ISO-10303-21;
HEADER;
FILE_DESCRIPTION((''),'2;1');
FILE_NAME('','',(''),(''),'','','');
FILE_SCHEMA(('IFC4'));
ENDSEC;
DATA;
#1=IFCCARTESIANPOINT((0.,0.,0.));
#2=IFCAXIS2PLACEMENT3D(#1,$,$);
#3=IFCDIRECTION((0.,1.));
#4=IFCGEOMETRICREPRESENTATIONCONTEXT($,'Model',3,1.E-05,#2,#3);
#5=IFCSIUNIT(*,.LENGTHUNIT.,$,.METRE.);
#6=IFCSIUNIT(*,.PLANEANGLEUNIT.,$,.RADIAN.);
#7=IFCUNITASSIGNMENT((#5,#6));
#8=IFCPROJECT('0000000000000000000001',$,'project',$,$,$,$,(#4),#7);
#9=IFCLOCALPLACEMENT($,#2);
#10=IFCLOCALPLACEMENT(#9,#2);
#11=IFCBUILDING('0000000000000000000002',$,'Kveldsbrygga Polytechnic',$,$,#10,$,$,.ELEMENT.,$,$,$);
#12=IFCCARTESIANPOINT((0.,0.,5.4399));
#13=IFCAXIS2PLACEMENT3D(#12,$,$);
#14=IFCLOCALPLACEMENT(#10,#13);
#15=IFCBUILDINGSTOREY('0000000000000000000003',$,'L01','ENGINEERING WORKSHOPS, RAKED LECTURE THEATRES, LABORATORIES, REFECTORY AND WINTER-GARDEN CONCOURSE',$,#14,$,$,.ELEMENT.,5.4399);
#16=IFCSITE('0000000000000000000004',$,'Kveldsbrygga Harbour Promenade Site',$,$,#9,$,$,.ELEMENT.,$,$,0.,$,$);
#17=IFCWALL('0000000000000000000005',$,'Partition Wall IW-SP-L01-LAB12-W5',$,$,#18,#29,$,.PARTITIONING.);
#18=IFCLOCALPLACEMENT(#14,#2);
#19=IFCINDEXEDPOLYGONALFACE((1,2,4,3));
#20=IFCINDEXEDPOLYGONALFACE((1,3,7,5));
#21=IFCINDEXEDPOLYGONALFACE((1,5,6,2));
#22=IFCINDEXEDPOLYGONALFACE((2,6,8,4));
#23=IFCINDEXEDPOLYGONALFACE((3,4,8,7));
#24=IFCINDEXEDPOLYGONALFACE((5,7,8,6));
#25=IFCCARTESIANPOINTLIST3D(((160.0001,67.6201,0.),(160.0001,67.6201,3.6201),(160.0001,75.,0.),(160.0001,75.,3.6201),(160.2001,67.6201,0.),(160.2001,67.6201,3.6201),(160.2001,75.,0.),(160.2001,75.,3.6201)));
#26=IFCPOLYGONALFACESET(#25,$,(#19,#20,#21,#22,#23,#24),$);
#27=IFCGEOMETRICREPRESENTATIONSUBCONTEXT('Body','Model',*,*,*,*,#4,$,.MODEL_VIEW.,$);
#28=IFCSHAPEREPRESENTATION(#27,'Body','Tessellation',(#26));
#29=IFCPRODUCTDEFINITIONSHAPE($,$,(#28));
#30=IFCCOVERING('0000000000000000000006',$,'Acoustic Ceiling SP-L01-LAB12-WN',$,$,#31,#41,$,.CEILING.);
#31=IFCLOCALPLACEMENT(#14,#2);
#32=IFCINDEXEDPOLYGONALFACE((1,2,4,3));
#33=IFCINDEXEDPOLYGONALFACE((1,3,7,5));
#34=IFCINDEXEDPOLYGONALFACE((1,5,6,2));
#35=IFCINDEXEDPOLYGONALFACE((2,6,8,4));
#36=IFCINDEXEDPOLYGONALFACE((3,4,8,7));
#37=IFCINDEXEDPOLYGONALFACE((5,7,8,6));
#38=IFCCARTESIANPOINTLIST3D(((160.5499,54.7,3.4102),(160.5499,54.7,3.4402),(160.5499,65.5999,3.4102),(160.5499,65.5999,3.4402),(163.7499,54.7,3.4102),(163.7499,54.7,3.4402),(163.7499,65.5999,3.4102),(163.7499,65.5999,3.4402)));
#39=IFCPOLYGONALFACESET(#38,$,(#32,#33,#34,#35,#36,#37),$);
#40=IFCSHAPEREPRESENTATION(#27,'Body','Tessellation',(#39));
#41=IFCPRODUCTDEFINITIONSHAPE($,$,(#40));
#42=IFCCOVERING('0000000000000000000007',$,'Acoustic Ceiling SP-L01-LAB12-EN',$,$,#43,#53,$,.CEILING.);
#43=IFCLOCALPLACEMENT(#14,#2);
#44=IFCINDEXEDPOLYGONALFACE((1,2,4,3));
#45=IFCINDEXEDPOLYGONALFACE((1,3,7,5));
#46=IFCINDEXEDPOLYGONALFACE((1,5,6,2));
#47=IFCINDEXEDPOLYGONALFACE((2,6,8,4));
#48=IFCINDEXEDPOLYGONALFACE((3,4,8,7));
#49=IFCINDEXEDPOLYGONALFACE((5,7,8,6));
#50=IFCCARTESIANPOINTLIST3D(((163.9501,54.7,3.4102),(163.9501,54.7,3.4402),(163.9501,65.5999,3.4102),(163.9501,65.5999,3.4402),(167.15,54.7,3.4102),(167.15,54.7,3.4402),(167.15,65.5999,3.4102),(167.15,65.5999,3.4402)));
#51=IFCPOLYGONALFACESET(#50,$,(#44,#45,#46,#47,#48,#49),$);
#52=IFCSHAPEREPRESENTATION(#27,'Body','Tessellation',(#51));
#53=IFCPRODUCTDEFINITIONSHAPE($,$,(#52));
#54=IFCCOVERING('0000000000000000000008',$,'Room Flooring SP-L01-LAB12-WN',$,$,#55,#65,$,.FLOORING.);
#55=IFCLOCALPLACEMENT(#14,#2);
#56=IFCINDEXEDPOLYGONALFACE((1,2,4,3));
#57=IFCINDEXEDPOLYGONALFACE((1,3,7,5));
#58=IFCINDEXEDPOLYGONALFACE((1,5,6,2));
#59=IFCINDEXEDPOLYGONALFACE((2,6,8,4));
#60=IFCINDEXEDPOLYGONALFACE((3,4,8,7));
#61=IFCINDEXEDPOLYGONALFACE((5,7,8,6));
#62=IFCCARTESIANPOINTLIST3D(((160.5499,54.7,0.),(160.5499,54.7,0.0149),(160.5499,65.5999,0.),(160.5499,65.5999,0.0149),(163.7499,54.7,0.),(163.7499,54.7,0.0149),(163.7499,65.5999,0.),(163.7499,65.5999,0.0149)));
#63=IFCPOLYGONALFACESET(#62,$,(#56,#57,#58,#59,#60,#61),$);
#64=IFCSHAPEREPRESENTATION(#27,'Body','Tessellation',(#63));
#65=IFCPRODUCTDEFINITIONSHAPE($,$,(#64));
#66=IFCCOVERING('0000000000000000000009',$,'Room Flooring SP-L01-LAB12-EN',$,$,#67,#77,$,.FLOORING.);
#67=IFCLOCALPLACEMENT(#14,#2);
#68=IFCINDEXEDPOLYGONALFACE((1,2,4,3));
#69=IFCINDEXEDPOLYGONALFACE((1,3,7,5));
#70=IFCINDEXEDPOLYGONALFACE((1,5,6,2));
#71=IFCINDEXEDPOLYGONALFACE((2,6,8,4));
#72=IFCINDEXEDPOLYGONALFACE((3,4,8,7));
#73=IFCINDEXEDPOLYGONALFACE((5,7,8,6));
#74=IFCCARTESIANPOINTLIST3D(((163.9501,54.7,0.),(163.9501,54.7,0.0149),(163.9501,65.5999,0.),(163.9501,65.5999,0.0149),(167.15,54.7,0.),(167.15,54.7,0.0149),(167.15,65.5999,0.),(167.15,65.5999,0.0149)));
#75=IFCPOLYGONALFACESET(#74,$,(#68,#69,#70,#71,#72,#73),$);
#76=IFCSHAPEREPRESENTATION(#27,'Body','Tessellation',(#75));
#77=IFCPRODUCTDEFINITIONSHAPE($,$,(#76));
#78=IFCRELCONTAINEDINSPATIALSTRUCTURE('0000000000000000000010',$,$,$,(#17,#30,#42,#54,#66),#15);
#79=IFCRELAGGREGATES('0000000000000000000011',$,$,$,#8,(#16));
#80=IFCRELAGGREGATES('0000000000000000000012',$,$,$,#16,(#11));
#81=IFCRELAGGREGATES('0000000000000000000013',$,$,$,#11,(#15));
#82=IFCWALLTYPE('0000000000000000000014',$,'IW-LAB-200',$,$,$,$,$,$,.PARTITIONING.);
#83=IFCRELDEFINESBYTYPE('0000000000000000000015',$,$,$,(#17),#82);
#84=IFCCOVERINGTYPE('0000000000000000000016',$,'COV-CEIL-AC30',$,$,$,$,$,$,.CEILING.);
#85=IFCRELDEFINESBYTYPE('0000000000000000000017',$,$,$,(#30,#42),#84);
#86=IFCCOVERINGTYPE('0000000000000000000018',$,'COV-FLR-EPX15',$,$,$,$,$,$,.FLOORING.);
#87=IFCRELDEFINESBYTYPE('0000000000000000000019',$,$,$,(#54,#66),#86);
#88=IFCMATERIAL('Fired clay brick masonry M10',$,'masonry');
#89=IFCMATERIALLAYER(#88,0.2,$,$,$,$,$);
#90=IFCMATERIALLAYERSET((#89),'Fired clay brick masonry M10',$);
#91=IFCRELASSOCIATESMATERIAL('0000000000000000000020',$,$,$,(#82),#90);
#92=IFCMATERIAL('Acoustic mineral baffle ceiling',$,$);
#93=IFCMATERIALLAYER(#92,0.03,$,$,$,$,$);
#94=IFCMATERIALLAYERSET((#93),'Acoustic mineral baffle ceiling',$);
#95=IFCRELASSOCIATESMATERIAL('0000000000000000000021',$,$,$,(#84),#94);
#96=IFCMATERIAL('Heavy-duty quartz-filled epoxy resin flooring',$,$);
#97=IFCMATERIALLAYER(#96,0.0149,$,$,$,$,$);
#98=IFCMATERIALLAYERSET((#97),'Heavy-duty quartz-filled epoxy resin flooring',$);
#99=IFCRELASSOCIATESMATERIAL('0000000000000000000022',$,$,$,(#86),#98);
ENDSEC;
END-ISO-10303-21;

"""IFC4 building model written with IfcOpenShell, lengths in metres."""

from ifc_helpers import new_model, si_unit, direction, frame, frame_2d, origin, origin_2d, place, context, subcontext, project, spatial, rectangle, extrude, material, layer, layer_set, type_object, element, save


model = new_model("IFC4")

# Units and contexts
model_context = context("Model", 3, precision=1e-05, world=origin(), true_north=direction((0.0, 1.0)))
body_context = subcontext(model_context, "Body", "Model", "MODEL_VIEW")
ifc_project = project(units=[si_unit("LENGTHUNIT", "METRE"), si_unit("PLANEANGLEUNIT", "RADIAN")], contexts=[model_context])

# Site, building, storey
site_placement = place(None, origin())
site = spatial("IfcSite", under=ifc_project, at=site_placement, Name="Kveldsbrygga Harbour Promenade Site", CompositionType="ELEMENT", RefElevation=0.0)
building_placement = place(site_placement, origin())
building = spatial("IfcBuilding", under=site, at=building_placement, Name="Kveldsbrygga Polytechnic", CompositionType="ELEMENT")
storey_placement = place(building_placement, frame((0.0, 0.0, 5.4399)))
storey = spatial("IfcBuildingStorey", under=building, at=storey_placement, Name="L01", Description="ENGINEERING WORKSHOPS, RAKED LECTURE THEATRES, LABORATORIES, REFECTORY AND WINTER-GARDEN CONCOURSE", CompositionType="ELEMENT", Elevation=5.4399)

# Shared definitions
ifc_material_1 = material(Name="Fired clay brick masonry M10", Category="masonry")

# Wall
ifc_layer_1 = layer(ifc_material_1, 0.2)
ifc_layer_set_1 = layer_set([ifc_layer_1], Name="Fired clay brick masonry M10")
wall_type_1 = type_object("IfcWallType", Name="IW-LAB-200", PredefinedType="PARTITIONING", material=ifc_layer_set_1)
wall_1_placement = place(storey_placement, frame((160.1001, 67.6201, 0.0), z_axis=(0.0, 0.0, 1.0), x_axis=(0.0, 1.0, 0.0)))
element("IfcWall", 1, at=wall_1_placement, inside=storey, type_object=wall_type_1, Name="Partition Wall IW-SP-L01-LAB12-W5", PredefinedType="PARTITIONING", context=body_context, shape_type="SweptSolid", body=[
    extrude(rectangle(XDim=7.3799, YDim=0.2, at=frame_2d((3.6899, 0.0))), origin(), (0.0, 0.0, 1.0), 3.6201),
])

# Coverings
ifc_material_2 = material(Name="Acoustic mineral baffle ceiling")
ifc_layer_2 = layer(ifc_material_2, 0.03)
ifc_layer_set_2 = layer_set([ifc_layer_2], Name="Acoustic mineral baffle ceiling")
covering_type_1 = type_object("IfcCoveringType", Name="COV-CEIL-AC30", PredefinedType="CEILING", material=ifc_layer_set_2)
for number, where, z_axis, x_axis, name in (
    (2, (162.1499, 60.1499, 3.4102), (0.0, 0.0, 1.0), (1.0, 0.0, 0.0), "Acoustic Ceiling SP-L01-LAB12-WN"),
    (3, (165.55, 60.1499, 3.4102), (0.0, 0.0, 1.0), (1.0, 0.0, 0.0), "Acoustic Ceiling SP-L01-LAB12-EN"),
):
    element("IfcCovering", number, at=place(storey_placement, frame(where, z_axis=z_axis, x_axis=x_axis)), inside=storey, type_object=covering_type_1, Name=name, PredefinedType="CEILING", context=body_context, shape_type="SweptSolid", body=[
        extrude(rectangle(XDim=3.2, YDim=10.8999, at=origin_2d()), origin(), (0.0, 0.0, 1.0), 0.03),
    ])
ifc_material_3 = material(Name="Heavy-duty quartz-filled epoxy resin flooring")
ifc_layer_3 = layer(ifc_material_3, 0.0149)
ifc_layer_set_3 = layer_set([ifc_layer_3], Name="Heavy-duty quartz-filled epoxy resin flooring")
covering_type_2 = type_object("IfcCoveringType", Name="COV-FLR-EPX15", PredefinedType="FLOORING", material=ifc_layer_set_3)
for number, where, z_axis, x_axis, name in (
    (4, (162.1499, 60.1499, 0.0), (0.0, 0.0, 1.0), (1.0, 0.0, 0.0), "Room Flooring SP-L01-LAB12-WN"),
    (5, (165.55, 60.1499, 0.0), (0.0, 0.0, 1.0), (1.0, 0.0, 0.0), "Room Flooring SP-L01-LAB12-EN"),
):
    element("IfcCovering", number, at=place(storey_placement, frame(where, z_axis=z_axis, x_axis=x_axis)), inside=storey, type_object=covering_type_2, Name=name, PredefinedType="FLOORING", context=body_context, shape_type="SweptSolid", body=[
        extrude(rectangle(XDim=3.2, YDim=10.8999, at=origin_2d()), origin(), (0.0, 0.0, 1.0), 0.0149),
    ])

save(model, "model.ifc")
